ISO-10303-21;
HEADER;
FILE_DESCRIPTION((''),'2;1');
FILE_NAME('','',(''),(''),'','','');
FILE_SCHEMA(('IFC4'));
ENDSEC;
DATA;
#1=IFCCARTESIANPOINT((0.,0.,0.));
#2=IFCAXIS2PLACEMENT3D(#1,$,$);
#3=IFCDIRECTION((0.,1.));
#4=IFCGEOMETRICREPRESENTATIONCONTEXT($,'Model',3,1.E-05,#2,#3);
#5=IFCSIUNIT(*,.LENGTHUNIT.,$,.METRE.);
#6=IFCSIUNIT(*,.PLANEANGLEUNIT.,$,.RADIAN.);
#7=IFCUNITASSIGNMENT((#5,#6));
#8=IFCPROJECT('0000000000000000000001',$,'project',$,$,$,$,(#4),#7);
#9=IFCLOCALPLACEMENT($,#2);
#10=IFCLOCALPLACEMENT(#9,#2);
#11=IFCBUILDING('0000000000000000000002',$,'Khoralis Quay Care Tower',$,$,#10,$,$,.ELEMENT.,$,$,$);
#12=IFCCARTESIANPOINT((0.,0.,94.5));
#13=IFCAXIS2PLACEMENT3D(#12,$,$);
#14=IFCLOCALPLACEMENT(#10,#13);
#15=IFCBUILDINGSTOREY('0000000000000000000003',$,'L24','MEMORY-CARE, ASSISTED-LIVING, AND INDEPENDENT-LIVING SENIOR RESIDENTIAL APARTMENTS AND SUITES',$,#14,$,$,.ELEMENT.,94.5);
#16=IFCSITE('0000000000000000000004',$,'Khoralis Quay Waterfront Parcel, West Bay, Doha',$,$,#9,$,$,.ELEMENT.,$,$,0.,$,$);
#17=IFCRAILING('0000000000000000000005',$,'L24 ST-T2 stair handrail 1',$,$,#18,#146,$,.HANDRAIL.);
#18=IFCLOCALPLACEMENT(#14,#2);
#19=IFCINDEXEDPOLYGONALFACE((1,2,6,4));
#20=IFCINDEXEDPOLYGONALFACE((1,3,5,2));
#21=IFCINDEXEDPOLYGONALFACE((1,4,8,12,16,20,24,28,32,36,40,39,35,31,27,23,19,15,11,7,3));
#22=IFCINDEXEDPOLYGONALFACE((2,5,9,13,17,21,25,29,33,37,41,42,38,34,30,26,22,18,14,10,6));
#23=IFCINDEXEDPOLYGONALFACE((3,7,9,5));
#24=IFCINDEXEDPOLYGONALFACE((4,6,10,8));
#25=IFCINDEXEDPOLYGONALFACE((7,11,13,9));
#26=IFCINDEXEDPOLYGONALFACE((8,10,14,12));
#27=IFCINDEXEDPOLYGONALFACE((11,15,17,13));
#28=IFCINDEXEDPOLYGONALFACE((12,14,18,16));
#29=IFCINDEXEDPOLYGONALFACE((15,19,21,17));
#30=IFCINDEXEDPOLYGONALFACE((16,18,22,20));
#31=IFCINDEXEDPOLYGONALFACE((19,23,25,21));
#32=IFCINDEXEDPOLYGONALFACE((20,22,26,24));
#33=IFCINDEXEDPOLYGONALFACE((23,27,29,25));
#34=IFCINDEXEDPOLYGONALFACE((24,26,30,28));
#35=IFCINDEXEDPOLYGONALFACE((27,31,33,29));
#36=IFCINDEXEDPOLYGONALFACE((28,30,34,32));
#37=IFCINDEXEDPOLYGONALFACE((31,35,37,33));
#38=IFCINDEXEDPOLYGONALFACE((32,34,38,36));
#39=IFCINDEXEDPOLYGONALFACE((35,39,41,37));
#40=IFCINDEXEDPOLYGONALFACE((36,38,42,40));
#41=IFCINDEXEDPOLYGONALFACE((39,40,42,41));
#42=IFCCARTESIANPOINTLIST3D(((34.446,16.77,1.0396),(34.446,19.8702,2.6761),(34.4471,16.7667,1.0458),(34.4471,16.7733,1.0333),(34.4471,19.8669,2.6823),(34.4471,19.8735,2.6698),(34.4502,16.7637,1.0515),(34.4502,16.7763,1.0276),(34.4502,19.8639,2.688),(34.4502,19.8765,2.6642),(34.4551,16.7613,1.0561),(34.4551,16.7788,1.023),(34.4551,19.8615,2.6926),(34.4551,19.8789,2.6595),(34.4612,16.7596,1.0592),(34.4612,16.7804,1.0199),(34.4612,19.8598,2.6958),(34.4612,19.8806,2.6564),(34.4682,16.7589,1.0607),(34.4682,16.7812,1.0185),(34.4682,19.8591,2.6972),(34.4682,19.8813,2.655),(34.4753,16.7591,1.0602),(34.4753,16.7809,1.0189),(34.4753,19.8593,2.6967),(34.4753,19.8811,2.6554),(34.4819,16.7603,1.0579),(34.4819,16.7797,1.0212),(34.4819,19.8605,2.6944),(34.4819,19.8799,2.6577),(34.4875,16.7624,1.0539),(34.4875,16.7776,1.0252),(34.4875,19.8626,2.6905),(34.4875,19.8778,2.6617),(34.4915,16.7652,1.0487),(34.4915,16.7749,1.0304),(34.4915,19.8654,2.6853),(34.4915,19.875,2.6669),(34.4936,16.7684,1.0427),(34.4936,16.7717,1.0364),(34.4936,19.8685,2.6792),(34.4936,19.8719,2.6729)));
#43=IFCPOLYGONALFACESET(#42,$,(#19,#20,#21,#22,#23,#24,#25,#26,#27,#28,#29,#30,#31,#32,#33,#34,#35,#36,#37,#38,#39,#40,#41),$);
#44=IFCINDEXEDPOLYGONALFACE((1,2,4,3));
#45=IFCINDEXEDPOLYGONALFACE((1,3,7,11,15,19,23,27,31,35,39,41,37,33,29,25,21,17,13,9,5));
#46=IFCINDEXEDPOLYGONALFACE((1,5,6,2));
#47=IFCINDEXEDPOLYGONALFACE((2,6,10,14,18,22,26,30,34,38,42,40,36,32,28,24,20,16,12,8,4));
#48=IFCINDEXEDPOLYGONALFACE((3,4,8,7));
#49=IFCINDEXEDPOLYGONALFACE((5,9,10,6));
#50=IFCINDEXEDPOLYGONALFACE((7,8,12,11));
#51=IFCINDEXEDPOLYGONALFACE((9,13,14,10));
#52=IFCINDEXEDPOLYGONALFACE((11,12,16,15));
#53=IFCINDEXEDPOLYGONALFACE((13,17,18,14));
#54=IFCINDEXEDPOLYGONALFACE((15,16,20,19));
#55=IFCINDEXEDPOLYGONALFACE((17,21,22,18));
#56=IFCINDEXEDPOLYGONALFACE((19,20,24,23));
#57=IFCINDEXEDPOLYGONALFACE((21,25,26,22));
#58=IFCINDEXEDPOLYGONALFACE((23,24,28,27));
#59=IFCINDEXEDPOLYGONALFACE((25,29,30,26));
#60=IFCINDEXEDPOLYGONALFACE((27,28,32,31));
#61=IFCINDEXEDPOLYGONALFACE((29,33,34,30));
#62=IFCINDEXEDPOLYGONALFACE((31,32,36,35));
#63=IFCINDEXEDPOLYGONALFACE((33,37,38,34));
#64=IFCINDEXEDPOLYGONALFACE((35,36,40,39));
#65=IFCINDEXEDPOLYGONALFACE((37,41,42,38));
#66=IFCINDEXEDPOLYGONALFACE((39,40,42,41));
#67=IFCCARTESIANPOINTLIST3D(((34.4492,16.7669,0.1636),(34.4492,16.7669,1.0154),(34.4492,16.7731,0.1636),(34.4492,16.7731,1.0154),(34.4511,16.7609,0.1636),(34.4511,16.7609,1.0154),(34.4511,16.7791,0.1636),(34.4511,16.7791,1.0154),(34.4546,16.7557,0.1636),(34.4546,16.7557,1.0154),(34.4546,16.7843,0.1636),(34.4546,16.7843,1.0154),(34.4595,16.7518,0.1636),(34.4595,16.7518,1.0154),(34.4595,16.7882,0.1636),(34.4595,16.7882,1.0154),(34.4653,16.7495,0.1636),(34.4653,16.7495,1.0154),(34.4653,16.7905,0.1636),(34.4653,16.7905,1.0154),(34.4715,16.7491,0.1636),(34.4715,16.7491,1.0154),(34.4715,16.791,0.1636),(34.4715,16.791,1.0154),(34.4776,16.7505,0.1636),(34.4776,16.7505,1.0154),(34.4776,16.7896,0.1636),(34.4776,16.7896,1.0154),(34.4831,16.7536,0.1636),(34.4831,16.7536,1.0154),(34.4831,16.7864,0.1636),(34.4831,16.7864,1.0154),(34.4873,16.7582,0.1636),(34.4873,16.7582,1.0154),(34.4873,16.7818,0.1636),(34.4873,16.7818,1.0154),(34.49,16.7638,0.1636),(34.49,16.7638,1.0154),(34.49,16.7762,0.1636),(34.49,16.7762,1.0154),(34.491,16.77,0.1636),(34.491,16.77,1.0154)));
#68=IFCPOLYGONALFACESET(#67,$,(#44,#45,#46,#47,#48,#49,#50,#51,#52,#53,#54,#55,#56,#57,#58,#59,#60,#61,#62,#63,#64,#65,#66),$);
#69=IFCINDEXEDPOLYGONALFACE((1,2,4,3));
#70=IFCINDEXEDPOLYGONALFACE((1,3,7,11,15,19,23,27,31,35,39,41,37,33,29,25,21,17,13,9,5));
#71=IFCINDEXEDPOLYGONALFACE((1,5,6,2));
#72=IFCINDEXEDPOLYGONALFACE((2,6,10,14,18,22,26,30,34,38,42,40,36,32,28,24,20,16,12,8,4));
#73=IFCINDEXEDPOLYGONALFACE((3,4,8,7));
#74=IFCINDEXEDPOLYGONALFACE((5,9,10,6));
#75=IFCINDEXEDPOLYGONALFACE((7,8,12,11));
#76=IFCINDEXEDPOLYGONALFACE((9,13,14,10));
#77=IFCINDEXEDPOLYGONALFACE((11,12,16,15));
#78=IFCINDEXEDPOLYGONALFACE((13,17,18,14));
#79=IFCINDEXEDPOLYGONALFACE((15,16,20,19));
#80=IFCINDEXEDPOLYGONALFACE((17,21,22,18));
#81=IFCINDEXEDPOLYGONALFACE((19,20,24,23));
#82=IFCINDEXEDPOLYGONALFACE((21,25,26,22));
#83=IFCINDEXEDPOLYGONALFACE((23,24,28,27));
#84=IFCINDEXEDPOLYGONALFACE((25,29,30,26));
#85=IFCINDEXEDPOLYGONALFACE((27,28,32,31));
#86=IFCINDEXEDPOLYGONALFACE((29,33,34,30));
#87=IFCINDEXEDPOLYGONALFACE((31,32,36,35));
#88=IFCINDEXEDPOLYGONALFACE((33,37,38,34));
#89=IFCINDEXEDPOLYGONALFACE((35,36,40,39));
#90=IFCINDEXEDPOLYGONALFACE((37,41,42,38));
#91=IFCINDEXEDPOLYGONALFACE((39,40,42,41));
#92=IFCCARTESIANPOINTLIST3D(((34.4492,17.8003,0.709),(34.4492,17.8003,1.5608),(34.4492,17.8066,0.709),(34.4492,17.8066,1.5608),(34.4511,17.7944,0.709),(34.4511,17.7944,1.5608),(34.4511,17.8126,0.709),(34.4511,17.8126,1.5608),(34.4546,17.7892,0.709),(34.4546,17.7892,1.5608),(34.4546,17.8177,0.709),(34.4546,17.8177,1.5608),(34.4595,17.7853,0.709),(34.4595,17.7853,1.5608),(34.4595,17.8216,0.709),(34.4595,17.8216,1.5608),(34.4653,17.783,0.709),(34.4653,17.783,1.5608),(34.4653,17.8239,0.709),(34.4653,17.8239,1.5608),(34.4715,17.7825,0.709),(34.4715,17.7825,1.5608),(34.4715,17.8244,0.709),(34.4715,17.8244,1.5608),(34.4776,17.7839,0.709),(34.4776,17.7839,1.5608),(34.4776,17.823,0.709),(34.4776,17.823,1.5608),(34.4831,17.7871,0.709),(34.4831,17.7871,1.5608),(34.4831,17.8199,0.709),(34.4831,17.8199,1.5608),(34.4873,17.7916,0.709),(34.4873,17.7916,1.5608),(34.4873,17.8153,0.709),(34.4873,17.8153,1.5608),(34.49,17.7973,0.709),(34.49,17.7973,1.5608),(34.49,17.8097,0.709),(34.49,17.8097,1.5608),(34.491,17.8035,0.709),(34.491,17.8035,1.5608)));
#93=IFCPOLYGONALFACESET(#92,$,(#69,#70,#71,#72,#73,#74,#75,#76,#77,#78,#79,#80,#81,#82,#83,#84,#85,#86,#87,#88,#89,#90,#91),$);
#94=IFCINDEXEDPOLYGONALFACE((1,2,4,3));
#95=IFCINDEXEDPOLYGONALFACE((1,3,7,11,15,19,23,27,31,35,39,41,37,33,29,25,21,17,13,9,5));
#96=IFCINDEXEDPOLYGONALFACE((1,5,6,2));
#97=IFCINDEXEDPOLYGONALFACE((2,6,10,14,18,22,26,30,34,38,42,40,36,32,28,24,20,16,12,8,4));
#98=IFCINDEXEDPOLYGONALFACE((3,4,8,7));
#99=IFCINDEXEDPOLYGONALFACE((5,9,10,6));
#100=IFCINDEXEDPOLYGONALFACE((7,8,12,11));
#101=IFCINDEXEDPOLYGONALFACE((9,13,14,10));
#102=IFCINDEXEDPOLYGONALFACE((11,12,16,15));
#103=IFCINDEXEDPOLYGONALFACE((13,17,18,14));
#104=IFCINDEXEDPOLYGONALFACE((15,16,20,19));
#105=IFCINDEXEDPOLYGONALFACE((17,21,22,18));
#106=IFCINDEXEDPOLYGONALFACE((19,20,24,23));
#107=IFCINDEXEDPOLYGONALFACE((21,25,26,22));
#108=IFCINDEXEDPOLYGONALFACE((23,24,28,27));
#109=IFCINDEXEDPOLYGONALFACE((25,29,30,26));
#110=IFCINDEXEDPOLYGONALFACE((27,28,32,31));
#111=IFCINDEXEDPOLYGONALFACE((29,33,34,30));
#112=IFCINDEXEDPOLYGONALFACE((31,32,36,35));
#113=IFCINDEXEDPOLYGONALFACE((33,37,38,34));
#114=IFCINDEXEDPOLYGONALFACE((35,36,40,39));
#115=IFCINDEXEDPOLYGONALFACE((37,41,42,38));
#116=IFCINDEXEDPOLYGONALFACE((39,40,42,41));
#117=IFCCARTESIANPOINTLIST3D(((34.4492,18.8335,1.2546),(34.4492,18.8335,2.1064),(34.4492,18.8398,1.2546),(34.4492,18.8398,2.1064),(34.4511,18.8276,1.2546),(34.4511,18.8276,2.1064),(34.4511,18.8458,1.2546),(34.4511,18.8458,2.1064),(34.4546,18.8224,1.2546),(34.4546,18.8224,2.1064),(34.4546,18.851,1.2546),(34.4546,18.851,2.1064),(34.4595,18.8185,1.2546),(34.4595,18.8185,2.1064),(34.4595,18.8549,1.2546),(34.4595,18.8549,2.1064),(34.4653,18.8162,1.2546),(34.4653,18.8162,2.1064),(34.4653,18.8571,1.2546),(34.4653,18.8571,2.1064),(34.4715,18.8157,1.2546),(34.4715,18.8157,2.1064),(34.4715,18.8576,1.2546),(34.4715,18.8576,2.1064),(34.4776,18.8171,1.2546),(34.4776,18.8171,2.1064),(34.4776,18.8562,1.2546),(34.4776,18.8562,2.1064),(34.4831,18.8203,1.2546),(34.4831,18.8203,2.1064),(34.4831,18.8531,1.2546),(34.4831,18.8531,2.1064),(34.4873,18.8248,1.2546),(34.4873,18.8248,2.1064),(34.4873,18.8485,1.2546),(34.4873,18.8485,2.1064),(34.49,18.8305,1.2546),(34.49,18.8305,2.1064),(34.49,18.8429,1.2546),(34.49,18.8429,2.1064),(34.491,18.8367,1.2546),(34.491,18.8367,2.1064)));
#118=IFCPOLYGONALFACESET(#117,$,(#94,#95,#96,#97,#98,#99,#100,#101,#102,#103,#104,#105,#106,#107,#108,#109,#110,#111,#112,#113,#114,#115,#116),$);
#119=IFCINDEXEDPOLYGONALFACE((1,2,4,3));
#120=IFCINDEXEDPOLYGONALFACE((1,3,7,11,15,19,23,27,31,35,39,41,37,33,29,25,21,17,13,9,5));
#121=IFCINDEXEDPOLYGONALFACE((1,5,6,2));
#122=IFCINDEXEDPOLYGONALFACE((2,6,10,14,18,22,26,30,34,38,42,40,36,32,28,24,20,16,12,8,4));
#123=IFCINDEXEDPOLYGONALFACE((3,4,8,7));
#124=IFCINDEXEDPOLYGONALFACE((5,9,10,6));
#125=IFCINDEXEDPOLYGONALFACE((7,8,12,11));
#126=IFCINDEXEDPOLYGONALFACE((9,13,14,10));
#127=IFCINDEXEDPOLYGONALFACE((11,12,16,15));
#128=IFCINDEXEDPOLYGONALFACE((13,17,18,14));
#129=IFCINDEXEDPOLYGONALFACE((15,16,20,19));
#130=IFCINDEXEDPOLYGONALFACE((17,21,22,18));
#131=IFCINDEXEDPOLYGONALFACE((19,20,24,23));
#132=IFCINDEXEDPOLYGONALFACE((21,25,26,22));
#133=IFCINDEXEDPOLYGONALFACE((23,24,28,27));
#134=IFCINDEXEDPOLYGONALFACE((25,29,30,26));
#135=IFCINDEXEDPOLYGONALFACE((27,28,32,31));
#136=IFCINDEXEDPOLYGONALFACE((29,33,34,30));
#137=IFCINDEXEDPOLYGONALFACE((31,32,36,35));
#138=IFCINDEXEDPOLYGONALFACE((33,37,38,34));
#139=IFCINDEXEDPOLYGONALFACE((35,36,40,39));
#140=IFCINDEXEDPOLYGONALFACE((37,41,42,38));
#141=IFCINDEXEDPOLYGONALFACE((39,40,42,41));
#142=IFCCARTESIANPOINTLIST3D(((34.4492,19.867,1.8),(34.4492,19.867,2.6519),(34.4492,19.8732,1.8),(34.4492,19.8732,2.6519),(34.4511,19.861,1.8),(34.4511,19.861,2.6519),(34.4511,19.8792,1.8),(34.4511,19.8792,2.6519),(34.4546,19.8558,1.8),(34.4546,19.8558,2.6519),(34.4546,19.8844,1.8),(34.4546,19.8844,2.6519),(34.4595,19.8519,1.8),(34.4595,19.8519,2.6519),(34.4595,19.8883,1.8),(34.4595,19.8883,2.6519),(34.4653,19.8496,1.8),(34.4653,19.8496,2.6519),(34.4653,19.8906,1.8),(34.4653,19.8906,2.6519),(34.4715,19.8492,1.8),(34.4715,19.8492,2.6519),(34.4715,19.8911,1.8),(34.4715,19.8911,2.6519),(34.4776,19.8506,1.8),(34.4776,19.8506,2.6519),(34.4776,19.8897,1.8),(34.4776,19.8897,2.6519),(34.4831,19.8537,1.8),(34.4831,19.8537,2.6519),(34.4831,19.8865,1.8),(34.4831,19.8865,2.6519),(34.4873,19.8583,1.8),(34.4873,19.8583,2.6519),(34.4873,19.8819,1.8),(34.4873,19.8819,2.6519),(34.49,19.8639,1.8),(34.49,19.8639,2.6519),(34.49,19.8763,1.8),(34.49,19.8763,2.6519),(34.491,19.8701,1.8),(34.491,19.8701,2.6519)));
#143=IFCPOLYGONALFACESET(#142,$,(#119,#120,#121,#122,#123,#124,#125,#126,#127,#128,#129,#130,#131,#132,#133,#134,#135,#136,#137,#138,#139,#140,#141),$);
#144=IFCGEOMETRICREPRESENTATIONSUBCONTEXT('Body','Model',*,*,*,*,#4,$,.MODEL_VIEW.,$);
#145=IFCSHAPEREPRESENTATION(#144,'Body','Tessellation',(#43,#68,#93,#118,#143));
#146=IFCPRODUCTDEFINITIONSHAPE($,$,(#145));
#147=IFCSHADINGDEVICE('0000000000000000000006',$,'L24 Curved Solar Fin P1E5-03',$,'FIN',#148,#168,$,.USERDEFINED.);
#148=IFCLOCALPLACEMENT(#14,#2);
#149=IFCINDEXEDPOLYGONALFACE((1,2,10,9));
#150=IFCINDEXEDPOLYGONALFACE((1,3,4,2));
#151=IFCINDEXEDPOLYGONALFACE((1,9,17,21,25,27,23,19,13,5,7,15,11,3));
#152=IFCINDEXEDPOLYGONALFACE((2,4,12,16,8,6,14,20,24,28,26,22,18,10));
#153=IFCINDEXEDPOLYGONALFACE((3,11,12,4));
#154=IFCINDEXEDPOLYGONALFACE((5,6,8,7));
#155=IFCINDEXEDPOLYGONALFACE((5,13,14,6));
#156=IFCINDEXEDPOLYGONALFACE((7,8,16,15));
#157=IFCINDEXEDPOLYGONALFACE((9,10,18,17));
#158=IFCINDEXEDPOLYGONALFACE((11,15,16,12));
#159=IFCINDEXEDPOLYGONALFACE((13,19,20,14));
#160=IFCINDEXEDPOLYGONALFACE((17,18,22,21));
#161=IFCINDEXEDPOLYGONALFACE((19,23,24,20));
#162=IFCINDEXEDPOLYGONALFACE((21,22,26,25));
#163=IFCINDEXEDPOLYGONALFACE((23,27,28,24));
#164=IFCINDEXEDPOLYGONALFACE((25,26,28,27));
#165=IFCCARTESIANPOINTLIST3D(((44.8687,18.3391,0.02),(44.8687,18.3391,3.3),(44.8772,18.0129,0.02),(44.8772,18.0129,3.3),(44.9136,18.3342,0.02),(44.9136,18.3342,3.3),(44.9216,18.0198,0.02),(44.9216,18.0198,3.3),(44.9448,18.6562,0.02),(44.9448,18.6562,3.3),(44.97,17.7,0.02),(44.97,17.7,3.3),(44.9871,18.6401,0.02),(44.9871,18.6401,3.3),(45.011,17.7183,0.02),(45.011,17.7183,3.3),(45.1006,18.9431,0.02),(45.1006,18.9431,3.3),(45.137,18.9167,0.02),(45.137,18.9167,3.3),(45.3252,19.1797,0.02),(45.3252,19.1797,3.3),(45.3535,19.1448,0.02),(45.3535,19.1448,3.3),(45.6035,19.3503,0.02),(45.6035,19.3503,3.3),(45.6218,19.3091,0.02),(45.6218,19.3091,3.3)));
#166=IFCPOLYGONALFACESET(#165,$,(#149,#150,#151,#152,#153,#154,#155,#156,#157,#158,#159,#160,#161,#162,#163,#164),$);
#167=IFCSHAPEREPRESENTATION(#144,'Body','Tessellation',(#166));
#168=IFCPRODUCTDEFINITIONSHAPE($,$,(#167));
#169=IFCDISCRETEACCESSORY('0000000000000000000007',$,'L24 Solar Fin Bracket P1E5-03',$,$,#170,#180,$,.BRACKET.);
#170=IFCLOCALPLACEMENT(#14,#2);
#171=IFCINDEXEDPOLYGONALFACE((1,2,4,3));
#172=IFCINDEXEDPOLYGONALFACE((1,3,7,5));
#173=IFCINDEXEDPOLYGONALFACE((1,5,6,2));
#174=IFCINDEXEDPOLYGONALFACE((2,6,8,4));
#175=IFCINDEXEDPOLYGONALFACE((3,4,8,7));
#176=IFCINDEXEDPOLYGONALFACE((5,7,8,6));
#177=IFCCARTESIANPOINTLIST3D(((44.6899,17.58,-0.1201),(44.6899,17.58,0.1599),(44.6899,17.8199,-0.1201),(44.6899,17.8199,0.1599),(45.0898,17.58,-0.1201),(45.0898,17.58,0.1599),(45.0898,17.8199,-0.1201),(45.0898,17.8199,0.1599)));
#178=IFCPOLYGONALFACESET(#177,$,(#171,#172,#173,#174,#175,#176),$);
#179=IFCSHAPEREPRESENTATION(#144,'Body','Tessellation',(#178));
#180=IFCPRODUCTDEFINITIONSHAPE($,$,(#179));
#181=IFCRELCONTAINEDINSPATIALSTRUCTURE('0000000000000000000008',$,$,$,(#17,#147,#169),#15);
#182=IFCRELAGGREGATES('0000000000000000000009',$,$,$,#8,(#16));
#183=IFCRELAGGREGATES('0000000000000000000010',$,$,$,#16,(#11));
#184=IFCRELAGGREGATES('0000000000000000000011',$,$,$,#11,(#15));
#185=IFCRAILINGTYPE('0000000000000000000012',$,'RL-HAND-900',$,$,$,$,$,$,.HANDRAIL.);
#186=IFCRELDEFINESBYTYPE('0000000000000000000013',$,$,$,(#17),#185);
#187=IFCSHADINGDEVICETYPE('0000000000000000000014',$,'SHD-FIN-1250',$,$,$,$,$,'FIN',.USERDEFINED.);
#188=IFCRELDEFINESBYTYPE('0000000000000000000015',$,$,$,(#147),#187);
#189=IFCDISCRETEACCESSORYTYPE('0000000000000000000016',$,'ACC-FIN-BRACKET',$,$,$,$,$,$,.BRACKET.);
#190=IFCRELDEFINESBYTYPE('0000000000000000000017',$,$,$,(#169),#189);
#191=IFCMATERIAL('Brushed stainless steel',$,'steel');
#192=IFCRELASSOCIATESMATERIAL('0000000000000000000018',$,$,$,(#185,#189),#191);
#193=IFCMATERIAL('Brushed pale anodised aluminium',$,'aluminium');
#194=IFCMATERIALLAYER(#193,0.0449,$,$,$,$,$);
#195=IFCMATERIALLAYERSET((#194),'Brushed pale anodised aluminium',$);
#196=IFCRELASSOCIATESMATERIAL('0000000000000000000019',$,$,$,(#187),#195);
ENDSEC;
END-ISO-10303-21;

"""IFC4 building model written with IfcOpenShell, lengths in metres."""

from ifc_helpers import new_model, si_unit, direction, frame, origin, origin_2d, place, context, subcontext, project, spatial, polyline, rectangle, circle, outline, extrude, source, transform, mapped, material, layer, layer_set, type_object, element, save


model = new_model("IFC4")

# Units and contexts
model_context = context("Model", 3, precision=1e-05, world=origin(), true_north=direction((0.0, 1.0)))
body_context = subcontext(model_context, "Body", "Model", "MODEL_VIEW")
ifc_project = project(units=[si_unit("LENGTHUNIT", "METRE"), si_unit("PLANEANGLEUNIT", "RADIAN")], contexts=[model_context])

# Site, building, storey
site_placement = place(None, origin())
site = spatial("IfcSite", under=ifc_project, at=site_placement, Name="Khoralis Quay Waterfront Parcel, West Bay, Doha", CompositionType="ELEMENT", RefElevation=0.0)
building_placement = place(site_placement, origin())
building = spatial("IfcBuilding", under=site, at=building_placement, Name="Khoralis Quay Care Tower", CompositionType="ELEMENT")
storey_placement = place(building_placement, frame((0.0, 0.0, 94.5)))
storey = spatial("IfcBuildingStorey", under=building, at=storey_placement, Name="L24", Description="MEMORY-CARE, ASSISTED-LIVING, AND INDEPENDENT-LIVING SENIOR RESIDENTIAL APARTMENTS AND SUITES", CompositionType="ELEMENT", Elevation=94.5)

# Railing
ifc_material_1 = material(Name="Brushed stainless steel", Category="steel")
railing_type_1 = type_object("IfcRailingType", Name="RL-HAND-900", PredefinedType="HANDRAIL", material=ifc_material_1)
railing_1_placement = place(storey_placement, frame((34.47, 16.77, 0.1636)))
element("IfcRailing", 1, at=railing_1_placement, inside=storey, type_object=railing_type_1, Name="L24 ST-T2 stair handrail 1", PredefinedType="HANDRAIL", context=body_context, shape_type="SweptSolid", body=[
    extrude(circle(Radius=0.0239, at=origin_2d()), frame((0.0, 0.0, 0.876), z_axis=(0.0, 0.884348, 0.466828), x_axis=(-1.0, 0.0, 0.0)), (0.0, 0.0, 1.0), 3.5056),
    extrude(circle(Radius=0.021, at=origin_2d()), origin(), (0.0, 0.0, 1.0), 0.8518),
    extrude(circle(Radius=0.021, at=origin_2d()), frame((0.0, 1.0334, 0.5454)), (0.0, 0.0, 1.0), 0.8518),
    extrude(circle(Radius=0.021, at=origin_2d()), frame((0.0, 2.0667, 1.0911)), (0.0, 0.0, 1.0), 0.8518),
    extrude(circle(Radius=0.021, at=origin_2d()), frame((0.0, 3.1001, 1.6365)), (0.0, 0.0, 1.0), 0.8518),
])

# Shading device
ifc_material_2 = material(Name="Brushed pale anodised aluminium", Category="aluminium")
ifc_layer_1 = layer(ifc_material_2, 0.0449)
ifc_layer_set_1 = layer_set([ifc_layer_1], Name="Brushed pale anodised aluminium")
shading_device_type = type_object("IfcShadingDeviceType", Name="SHD-FIN-1250", ElementType="FIN", PredefinedType="USERDEFINED", material=ifc_layer_set_1)
shared_shape_1 = source(origin(), body_context, "Body", "SweptSolid", [
    extrude(outline(polyline([(0.0, 0.0), (-0.0928, 0.313), (-0.1013, 0.6392), (-0.0251, 0.9563), (0.1306, 1.2432), (0.3552, 1.4797), (0.6335, 1.6504), (0.6519, 1.6091), (0.3835, 1.4448), (0.167, 1.2168), (0.0171, 0.9402), (-0.0564, 0.6343), (-0.0483, 0.3198), (0.041, 0.0183), (0.0, 0.0)])), origin(), (0.0, 0.0, 1.0), 3.28),
])
shading_device_placement = place(storey_placement, frame((44.97, 17.7, 0.02), z_axis=(0.0, 0.0, 1.0), x_axis=(1.0, 0.0, 0.0)))
element("IfcShadingDevice", 2, at=shading_device_placement, inside=storey, type_object=shading_device_type, Name="L24 Curved Solar Fin P1E5-03", ObjectType="FIN", PredefinedType="USERDEFINED", context=body_context, shape_type="MappedRepresentation", body=[
    mapped(shared_shape_1, transform((0.0, 0.0, 0.0), scale=1.0)),
])

# Discrete accessory
discrete_accessory_type = type_object("IfcDiscreteAccessoryType", Name="ACC-FIN-BRACKET", PredefinedType="BRACKET", material=ifc_material_1)
shared_shape_2 = source(origin(), body_context, "Body", "SweptSolid", [
    extrude(rectangle(XDim=0.3999, YDim=0.24, at=origin_2d()), origin(), (0.0, 0.0, 1.0), 0.28),
])
discrete_accessory_placement = place(storey_placement, frame((44.8899, 17.7, -0.1201), z_axis=(0.0, 0.0, 1.0), x_axis=(1.0, 0.0, 0.0)))
element("IfcDiscreteAccessory", 3, at=discrete_accessory_placement, inside=storey, type_object=discrete_accessory_type, Name="L24 Solar Fin Bracket P1E5-03", PredefinedType="BRACKET", context=body_context, shape_type="MappedRepresentation", body=[
    mapped(shared_shape_2, transform((0.0, 0.0, 0.0), scale=1.0)),
])

save(model, "model.ifc")
